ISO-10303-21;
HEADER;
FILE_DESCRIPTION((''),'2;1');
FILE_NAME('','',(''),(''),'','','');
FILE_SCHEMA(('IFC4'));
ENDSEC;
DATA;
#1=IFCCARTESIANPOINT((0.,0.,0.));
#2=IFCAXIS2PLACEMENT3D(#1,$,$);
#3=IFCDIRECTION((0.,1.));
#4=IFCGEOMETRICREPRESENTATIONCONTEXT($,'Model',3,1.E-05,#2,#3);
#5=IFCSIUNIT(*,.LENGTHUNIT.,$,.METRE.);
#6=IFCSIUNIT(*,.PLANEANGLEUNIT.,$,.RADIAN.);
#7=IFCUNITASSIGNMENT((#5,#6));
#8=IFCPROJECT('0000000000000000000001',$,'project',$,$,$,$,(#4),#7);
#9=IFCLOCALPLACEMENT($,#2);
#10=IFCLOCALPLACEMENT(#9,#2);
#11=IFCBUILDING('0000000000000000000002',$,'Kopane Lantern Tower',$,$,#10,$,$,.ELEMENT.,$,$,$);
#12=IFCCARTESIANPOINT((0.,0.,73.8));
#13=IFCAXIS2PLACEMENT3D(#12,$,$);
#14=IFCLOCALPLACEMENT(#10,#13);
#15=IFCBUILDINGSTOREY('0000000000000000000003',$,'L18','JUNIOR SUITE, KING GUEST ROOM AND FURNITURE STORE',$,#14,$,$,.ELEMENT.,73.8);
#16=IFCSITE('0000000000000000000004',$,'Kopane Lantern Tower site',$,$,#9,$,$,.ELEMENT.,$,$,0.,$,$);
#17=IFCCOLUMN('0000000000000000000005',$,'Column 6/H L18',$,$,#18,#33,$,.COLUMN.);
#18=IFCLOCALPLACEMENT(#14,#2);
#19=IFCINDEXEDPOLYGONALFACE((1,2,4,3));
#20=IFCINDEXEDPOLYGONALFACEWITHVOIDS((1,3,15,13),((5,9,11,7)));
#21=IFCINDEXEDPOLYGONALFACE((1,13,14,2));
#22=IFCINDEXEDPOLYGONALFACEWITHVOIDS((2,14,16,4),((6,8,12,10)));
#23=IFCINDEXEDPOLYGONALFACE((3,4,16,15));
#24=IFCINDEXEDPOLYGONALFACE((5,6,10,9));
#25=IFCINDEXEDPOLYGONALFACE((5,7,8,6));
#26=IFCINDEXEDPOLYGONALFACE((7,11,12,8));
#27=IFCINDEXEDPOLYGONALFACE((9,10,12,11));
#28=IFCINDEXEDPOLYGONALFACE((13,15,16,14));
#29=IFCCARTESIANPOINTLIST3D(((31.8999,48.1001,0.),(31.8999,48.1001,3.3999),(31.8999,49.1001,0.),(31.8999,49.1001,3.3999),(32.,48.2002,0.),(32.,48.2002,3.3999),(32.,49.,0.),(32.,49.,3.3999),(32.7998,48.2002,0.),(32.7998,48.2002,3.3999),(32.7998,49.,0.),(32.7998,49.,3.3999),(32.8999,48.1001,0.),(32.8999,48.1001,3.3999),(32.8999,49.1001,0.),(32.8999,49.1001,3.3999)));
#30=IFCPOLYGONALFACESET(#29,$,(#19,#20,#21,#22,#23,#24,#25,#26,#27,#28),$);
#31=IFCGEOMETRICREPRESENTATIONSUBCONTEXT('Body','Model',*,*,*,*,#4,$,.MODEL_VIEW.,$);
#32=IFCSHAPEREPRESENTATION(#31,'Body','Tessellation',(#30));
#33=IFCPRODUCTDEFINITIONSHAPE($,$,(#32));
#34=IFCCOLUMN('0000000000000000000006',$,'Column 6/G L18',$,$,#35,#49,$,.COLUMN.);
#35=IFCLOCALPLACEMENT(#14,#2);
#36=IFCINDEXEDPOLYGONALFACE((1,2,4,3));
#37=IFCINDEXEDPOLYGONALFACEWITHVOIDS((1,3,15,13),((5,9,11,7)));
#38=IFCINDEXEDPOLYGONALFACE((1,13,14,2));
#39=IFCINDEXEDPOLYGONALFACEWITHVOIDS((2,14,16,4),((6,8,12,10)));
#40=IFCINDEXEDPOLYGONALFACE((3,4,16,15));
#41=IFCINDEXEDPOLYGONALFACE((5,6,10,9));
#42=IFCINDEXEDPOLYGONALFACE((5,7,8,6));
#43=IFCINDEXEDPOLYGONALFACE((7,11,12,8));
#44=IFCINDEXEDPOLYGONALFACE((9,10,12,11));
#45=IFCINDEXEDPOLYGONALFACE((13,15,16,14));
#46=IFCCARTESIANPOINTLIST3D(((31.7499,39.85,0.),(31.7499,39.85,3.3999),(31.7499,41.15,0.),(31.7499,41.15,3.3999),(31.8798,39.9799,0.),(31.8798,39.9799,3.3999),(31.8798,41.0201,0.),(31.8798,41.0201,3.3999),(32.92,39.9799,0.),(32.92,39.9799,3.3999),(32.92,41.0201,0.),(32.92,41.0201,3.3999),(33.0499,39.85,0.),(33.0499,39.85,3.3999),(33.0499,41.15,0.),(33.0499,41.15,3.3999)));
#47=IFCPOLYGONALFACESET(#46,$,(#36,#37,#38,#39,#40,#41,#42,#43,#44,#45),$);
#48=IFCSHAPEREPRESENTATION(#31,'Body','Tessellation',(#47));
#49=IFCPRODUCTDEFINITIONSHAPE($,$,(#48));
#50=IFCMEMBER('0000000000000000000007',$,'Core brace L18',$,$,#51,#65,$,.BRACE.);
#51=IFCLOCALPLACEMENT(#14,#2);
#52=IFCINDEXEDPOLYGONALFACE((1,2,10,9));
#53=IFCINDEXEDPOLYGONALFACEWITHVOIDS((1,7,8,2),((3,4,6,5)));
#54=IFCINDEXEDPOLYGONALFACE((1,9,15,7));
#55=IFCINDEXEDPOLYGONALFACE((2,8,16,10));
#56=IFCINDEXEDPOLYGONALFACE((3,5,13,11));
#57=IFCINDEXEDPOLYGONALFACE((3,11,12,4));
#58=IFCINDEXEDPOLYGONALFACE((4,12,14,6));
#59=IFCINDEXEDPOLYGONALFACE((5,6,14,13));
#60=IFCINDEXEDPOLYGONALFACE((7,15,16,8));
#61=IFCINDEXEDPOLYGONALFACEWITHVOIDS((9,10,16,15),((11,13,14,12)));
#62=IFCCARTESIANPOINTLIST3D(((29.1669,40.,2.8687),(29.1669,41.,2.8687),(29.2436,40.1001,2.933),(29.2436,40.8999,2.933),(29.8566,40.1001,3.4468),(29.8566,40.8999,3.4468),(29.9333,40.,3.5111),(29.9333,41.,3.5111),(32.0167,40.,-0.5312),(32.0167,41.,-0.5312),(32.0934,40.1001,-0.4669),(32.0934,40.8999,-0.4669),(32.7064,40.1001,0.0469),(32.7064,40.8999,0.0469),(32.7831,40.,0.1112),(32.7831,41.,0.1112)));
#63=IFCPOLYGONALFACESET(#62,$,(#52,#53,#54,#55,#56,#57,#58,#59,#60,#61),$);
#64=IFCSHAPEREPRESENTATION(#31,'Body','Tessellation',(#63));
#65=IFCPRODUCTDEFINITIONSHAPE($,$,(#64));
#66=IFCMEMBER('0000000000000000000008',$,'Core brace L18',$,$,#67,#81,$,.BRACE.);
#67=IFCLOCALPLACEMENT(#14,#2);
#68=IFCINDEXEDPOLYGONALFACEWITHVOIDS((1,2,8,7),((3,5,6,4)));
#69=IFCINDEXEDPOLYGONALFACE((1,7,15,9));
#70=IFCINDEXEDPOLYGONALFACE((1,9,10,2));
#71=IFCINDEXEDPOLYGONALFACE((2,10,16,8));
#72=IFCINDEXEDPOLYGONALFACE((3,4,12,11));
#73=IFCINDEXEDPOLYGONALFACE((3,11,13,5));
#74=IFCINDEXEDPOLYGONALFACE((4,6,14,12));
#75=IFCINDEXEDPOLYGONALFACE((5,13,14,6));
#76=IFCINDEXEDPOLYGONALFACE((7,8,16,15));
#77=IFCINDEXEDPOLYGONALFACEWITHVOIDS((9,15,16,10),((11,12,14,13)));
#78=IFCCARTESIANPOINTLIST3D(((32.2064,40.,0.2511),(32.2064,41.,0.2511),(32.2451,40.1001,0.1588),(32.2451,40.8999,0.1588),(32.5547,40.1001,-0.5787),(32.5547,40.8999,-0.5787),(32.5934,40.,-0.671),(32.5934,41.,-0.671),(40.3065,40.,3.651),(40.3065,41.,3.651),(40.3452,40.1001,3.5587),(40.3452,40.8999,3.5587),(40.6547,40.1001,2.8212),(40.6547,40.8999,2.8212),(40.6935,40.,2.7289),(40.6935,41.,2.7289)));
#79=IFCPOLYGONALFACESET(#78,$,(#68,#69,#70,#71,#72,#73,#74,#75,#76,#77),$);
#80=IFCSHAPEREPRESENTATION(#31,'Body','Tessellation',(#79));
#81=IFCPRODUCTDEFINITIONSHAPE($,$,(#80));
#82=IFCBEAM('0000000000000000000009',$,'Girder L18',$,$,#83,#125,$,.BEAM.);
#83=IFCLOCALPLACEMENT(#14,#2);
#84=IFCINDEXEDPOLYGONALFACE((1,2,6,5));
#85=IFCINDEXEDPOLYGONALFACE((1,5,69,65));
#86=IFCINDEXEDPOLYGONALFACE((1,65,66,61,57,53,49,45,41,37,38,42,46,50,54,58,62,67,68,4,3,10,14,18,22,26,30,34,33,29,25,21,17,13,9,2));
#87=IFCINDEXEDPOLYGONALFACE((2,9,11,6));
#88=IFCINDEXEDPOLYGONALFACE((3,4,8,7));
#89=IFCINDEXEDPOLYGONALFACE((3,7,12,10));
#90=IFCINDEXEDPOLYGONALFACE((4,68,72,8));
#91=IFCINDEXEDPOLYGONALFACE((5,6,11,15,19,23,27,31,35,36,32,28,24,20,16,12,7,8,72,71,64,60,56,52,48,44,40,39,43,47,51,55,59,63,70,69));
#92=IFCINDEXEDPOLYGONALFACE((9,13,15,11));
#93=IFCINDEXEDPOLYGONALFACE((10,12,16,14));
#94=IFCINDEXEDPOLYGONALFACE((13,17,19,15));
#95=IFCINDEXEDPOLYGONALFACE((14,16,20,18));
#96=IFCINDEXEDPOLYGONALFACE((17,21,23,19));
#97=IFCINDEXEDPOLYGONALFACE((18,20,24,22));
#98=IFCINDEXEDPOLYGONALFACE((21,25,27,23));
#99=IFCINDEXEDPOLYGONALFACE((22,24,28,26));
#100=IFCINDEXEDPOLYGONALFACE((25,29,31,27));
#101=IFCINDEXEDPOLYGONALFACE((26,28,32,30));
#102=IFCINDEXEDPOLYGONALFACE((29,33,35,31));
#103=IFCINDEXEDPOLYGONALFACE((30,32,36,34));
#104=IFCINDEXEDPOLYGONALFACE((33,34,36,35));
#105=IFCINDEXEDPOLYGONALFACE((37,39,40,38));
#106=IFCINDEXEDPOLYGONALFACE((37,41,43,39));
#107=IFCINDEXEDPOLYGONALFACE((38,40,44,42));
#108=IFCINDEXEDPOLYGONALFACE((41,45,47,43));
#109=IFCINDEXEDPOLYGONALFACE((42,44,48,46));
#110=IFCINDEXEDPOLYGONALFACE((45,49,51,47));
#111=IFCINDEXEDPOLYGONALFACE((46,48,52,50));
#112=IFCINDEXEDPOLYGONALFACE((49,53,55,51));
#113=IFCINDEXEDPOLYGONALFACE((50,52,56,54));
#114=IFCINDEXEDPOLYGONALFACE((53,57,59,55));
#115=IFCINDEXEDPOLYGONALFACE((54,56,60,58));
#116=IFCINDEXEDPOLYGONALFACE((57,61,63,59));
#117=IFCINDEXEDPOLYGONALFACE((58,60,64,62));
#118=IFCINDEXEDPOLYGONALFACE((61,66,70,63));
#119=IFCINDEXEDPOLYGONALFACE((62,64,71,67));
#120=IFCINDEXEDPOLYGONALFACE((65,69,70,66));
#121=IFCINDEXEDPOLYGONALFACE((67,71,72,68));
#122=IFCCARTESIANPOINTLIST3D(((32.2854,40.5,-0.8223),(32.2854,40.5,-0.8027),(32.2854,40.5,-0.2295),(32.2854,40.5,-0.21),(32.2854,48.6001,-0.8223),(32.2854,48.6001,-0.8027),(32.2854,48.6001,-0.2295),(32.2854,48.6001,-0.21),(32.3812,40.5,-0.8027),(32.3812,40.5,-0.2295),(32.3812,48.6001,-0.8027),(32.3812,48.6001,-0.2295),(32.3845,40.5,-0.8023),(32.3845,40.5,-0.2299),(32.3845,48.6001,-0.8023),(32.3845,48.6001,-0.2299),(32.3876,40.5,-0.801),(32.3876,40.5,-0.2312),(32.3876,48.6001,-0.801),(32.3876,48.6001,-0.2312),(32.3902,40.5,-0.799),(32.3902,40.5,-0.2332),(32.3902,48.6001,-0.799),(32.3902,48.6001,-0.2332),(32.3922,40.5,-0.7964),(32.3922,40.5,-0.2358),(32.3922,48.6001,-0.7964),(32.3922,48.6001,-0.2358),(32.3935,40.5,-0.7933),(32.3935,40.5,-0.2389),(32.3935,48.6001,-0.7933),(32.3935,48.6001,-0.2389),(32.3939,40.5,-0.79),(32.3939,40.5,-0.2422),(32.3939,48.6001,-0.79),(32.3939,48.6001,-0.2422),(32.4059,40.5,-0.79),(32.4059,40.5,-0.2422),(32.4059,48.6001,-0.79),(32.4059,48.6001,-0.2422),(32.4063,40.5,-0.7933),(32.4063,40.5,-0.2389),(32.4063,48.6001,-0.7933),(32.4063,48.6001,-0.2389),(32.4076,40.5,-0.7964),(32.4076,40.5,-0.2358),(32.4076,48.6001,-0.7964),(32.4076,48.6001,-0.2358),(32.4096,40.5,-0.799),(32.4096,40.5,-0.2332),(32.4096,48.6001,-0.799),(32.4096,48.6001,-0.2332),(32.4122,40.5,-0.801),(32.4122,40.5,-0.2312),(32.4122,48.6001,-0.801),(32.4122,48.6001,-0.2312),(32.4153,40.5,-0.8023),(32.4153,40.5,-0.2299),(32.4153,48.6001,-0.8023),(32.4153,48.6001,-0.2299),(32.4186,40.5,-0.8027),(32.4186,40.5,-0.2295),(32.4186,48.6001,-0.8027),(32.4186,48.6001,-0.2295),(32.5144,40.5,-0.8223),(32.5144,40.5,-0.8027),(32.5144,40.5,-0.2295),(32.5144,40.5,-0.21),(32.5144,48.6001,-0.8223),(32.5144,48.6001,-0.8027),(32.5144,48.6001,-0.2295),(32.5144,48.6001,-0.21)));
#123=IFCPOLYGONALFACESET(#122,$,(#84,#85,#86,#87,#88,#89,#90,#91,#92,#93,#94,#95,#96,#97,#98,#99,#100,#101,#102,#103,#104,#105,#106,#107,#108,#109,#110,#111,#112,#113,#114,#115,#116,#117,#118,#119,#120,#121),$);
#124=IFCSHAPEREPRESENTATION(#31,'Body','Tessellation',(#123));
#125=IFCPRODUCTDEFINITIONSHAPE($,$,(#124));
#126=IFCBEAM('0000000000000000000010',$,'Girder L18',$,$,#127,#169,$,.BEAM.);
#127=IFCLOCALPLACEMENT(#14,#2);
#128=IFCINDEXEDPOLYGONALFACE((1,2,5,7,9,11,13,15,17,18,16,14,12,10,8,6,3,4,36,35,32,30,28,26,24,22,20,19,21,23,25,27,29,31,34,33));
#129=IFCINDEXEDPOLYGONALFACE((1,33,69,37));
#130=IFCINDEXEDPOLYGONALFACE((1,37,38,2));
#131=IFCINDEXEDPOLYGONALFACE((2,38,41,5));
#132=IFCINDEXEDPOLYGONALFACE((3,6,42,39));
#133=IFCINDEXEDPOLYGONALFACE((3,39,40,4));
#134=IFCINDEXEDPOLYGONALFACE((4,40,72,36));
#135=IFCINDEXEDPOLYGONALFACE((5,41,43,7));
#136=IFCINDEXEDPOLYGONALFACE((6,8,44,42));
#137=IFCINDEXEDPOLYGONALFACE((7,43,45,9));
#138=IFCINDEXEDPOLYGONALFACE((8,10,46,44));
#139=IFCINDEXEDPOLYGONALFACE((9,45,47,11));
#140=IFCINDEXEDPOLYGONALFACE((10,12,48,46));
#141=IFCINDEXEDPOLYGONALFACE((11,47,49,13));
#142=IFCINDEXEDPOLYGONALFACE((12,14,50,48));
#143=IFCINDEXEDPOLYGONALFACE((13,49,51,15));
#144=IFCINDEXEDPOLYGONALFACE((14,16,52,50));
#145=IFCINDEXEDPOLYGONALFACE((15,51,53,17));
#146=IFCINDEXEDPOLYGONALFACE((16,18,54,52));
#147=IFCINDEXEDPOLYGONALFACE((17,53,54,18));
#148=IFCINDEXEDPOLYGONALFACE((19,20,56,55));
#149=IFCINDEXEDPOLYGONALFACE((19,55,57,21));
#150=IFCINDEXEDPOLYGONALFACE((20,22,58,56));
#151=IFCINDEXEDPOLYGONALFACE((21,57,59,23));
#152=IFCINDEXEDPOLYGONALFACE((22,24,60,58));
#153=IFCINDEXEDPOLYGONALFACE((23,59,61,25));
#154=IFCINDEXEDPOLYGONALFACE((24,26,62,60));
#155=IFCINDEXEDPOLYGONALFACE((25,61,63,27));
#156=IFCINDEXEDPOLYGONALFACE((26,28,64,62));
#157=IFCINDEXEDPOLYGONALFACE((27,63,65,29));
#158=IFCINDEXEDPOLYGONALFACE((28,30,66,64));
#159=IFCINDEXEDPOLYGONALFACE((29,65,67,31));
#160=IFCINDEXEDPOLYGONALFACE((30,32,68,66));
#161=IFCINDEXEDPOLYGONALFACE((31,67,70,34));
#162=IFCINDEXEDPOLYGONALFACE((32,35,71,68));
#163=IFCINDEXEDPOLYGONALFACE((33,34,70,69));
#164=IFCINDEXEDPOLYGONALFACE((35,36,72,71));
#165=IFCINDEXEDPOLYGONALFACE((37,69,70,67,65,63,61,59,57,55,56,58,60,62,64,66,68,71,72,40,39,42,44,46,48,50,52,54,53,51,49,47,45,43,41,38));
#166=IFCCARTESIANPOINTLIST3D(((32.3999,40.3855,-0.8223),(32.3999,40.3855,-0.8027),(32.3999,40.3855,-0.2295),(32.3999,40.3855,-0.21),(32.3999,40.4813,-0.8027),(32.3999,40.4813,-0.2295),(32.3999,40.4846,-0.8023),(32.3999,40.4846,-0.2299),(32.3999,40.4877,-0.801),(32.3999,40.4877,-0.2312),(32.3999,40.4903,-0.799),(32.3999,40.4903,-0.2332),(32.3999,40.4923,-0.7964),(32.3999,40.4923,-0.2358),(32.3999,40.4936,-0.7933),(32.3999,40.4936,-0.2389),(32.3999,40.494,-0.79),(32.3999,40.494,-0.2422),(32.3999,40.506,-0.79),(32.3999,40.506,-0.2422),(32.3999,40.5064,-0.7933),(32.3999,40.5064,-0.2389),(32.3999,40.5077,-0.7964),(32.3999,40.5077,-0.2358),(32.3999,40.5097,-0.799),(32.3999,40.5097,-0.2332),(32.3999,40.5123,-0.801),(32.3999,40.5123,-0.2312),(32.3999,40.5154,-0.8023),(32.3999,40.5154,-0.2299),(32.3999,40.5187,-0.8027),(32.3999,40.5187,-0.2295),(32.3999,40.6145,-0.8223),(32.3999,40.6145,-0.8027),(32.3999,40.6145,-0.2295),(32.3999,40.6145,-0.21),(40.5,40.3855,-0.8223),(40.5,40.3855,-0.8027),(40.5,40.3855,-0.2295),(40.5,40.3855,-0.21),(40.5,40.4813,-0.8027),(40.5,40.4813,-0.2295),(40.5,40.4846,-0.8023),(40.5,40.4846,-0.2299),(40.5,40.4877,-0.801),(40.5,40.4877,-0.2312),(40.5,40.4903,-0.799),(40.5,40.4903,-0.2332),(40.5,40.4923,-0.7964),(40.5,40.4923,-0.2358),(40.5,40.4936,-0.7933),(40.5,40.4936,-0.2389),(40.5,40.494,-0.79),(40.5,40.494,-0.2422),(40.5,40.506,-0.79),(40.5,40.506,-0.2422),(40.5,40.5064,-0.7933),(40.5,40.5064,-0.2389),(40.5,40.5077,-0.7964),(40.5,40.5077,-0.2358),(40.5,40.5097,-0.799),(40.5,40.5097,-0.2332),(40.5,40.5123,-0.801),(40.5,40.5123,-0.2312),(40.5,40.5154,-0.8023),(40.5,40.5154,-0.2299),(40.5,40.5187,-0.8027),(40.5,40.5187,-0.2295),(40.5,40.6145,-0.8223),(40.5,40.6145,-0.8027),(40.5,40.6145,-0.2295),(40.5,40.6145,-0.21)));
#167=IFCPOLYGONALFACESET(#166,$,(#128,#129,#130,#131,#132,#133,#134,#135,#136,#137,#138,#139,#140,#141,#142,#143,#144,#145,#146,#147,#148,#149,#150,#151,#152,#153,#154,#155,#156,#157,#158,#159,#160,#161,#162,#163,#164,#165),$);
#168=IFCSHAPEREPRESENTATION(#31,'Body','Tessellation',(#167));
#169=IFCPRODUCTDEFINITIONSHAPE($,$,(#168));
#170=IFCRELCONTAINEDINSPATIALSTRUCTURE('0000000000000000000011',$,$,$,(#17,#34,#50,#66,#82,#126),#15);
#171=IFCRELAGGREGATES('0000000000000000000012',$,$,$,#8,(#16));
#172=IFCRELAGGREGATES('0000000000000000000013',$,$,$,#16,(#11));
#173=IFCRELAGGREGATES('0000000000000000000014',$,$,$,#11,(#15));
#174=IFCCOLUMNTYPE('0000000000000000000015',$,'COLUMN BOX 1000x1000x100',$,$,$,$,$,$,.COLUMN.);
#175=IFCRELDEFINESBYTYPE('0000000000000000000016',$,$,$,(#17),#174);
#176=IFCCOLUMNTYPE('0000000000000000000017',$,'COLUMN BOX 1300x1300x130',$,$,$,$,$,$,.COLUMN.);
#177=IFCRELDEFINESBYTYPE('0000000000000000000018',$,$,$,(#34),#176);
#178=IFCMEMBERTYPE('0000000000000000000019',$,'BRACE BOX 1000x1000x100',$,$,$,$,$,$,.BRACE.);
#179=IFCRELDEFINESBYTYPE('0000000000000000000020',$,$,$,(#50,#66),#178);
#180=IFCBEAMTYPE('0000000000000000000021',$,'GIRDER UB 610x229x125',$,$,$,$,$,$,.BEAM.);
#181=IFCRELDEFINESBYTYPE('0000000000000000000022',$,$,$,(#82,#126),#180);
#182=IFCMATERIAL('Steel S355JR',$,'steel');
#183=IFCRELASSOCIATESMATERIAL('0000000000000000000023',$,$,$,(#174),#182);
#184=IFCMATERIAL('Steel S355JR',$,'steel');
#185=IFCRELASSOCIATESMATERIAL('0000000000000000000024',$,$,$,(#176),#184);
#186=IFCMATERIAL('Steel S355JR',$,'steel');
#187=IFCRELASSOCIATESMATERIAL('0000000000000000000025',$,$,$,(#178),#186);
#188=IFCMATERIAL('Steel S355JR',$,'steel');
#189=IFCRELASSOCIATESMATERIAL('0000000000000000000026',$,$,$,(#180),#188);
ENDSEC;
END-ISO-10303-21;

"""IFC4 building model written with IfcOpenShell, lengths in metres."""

from ifc_helpers import new_model, si_unit, direction, frame, origin, origin_2d, place, context, subcontext, project, spatial, hollow_rectangle, i_section, extrude, material, material_profile, profile_set, type_object, element, save


model = new_model("IFC4")

# Units and contexts
model_context = context("Model", 3, precision=1e-05, world=origin(), true_north=direction((0.0, 1.0)))
body_context = subcontext(model_context, "Body", "Model", "MODEL_VIEW")
ifc_project = project(units=[si_unit("LENGTHUNIT", "METRE"), si_unit("PLANEANGLEUNIT", "RADIAN")], contexts=[model_context])

# Site, building, storey
site_placement = place(None, origin())
site = spatial("IfcSite", under=ifc_project, at=site_placement, Name="Kopane Lantern Tower site", CompositionType="ELEMENT", RefElevation=0.0)
building_placement = place(site_placement, origin())
building = spatial("IfcBuilding", under=site, at=building_placement, Name="Kopane Lantern Tower", CompositionType="ELEMENT")
storey_placement = place(building_placement, frame((0.0, 0.0, 73.8)))
storey = spatial("IfcBuildingStorey", under=building, at=storey_placement, Name="L18", Description="JUNIOR SUITE, KING GUEST ROOM AND FURNITURE STORE", CompositionType="ELEMENT", Elevation=73.8)

# Columns
ifc_material_1 = material(Name="Steel S355JR", Category="steel")
ifc_material_profile_1 = material_profile(ifc_material_1, hollow_rectangle(XDim=1.0, YDim=1.0, WallThickness=0.1001, at=origin_2d()), Name="BOX 1000x1000x100")
ifc_profile_set_1 = profile_set([ifc_material_profile_1], Name="Steel S355JR")
column_type_1 = type_object("IfcColumnType", Name="COLUMN BOX 1000x1000x100", PredefinedType="COLUMN", material=ifc_profile_set_1)
column_1_placement = place(storey_placement, frame((32.3999, 48.6001, 0.0), z_axis=(0.0, 0.0, 1.0), x_axis=(1.0, 0.0, 0.0)))
element("IfcColumn", 1, at=column_1_placement, inside=storey, type_object=column_type_1, Name="Column 6/H L18", PredefinedType="COLUMN", context=body_context, shape_type="SweptSolid", body=[
    extrude(hollow_rectangle(XDim=1.0, YDim=1.0, WallThickness=0.1001, at=origin_2d()), origin(), (0.0, 0.0, 1.0), 3.3999),
])
ifc_material_2 = material(Name="Steel S355JR", Category="steel")
ifc_material_profile_2 = material_profile(ifc_material_2, hollow_rectangle(XDim=1.3, YDim=1.3, WallThickness=0.1299, at=origin_2d()), Name="BOX 1300x1300x130")
ifc_profile_set_2 = profile_set([ifc_material_profile_2], Name="Steel S355JR")
column_type_2 = type_object("IfcColumnType", Name="COLUMN BOX 1300x1300x130", PredefinedType="COLUMN", material=ifc_profile_set_2)
column_2_placement = place(storey_placement, frame((32.3999, 40.5, 0.0), z_axis=(0.0, 0.0, 1.0), x_axis=(1.0, 0.0, 0.0)))
element("IfcColumn", 2, at=column_2_placement, inside=storey, type_object=column_type_2, Name="Column 6/G L18", PredefinedType="COLUMN", context=body_context, shape_type="SweptSolid", body=[
    extrude(hollow_rectangle(XDim=1.3, YDim=1.3, WallThickness=0.1299, at=origin_2d()), origin(), (0.0, 0.0, 1.0), 3.3999),
])

# Members
ifc_material_3 = material(Name="Steel S355JR", Category="steel")
ifc_material_profile_3 = material_profile(ifc_material_3, hollow_rectangle(XDim=1.0, YDim=1.0, WallThickness=0.1001, at=origin_2d()), Name="BOX 1000x1000x100")
ifc_profile_set_3 = profile_set([ifc_material_profile_3], Name="Steel S355JR")
member_type = type_object("IfcMemberType", Name="BRACE BOX 1000x1000x100", PredefinedType="BRACE", material=ifc_profile_set_3)
member_1_placement = place(storey_placement, frame((32.3999, 40.5, -0.21), z_axis=(-0.64239, 0.0, 0.766378), x_axis=(0.0, -1.0, 0.0)))
element("IfcMember", 3, at=member_1_placement, inside=storey, type_object=member_type, Name="Core brace L18", PredefinedType="BRACE", context=body_context, shape_type="SweptSolid", body=[
    extrude(hollow_rectangle(XDim=1.0, YDim=1.0, WallThickness=0.1001, at=origin_2d()), origin(), (0.0, 0.0, 1.0), 4.4363),
])
member_2_placement = place(storey_placement, frame((32.3999, 40.5, -0.21), z_axis=(0.922069, 0.0, 0.387026), x_axis=(0.0, 1.0, 0.0)))
element("IfcMember", 4, at=member_2_placement, inside=storey, type_object=member_type, Name="Core brace L18", PredefinedType="BRACE", context=body_context, shape_type="SweptSolid", body=[
    extrude(hollow_rectangle(XDim=1.0, YDim=1.0, WallThickness=0.1001, at=origin_2d()), origin(), (0.0, 0.0, 1.0), 8.7847),
])

# Beams
ifc_material_4 = material(Name="Steel S355JR", Category="steel")
ifc_material_profile_4 = material_profile(ifc_material_4, i_section(OverallWidth=0.229, OverallDepth=0.6123, WebThickness=0.012, FlangeThickness=0.0195, FilletRadius=0.0127, at=origin_2d()), Name="UB 610x229x125")
ifc_profile_set_4 = profile_set([ifc_material_profile_4], Name="Steel S355JR")
beam_type = type_object("IfcBeamType", Name="GIRDER UB 610x229x125", PredefinedType="BEAM", material=ifc_profile_set_4)
for number, where, z_axis, x_axis, name in (
    (5, (32.3999, 40.5, -0.5161), (0.0, 1.0, 0.0), (-1.0, 0.0, 0.0), "Girder L18"),
    (6, (32.3999, 40.5, -0.5161), (1.0, 0.0, 0.0), (0.0, 1.0, 0.0), "Girder L18"),
):
    element("IfcBeam", number, at=place(storey_placement, frame(where, z_axis=z_axis, x_axis=x_axis)), inside=storey, type_object=beam_type, Name=name, PredefinedType="BEAM", context=body_context, shape_type="SweptSolid", body=[
        extrude(i_section(OverallWidth=0.229, OverallDepth=0.6123, WebThickness=0.012, FlangeThickness=0.0195, FilletRadius=0.0127, at=origin_2d()), origin(), (0.0, 0.0, 1.0), 8.1001),
    ])

save(model, "model.ifc")
